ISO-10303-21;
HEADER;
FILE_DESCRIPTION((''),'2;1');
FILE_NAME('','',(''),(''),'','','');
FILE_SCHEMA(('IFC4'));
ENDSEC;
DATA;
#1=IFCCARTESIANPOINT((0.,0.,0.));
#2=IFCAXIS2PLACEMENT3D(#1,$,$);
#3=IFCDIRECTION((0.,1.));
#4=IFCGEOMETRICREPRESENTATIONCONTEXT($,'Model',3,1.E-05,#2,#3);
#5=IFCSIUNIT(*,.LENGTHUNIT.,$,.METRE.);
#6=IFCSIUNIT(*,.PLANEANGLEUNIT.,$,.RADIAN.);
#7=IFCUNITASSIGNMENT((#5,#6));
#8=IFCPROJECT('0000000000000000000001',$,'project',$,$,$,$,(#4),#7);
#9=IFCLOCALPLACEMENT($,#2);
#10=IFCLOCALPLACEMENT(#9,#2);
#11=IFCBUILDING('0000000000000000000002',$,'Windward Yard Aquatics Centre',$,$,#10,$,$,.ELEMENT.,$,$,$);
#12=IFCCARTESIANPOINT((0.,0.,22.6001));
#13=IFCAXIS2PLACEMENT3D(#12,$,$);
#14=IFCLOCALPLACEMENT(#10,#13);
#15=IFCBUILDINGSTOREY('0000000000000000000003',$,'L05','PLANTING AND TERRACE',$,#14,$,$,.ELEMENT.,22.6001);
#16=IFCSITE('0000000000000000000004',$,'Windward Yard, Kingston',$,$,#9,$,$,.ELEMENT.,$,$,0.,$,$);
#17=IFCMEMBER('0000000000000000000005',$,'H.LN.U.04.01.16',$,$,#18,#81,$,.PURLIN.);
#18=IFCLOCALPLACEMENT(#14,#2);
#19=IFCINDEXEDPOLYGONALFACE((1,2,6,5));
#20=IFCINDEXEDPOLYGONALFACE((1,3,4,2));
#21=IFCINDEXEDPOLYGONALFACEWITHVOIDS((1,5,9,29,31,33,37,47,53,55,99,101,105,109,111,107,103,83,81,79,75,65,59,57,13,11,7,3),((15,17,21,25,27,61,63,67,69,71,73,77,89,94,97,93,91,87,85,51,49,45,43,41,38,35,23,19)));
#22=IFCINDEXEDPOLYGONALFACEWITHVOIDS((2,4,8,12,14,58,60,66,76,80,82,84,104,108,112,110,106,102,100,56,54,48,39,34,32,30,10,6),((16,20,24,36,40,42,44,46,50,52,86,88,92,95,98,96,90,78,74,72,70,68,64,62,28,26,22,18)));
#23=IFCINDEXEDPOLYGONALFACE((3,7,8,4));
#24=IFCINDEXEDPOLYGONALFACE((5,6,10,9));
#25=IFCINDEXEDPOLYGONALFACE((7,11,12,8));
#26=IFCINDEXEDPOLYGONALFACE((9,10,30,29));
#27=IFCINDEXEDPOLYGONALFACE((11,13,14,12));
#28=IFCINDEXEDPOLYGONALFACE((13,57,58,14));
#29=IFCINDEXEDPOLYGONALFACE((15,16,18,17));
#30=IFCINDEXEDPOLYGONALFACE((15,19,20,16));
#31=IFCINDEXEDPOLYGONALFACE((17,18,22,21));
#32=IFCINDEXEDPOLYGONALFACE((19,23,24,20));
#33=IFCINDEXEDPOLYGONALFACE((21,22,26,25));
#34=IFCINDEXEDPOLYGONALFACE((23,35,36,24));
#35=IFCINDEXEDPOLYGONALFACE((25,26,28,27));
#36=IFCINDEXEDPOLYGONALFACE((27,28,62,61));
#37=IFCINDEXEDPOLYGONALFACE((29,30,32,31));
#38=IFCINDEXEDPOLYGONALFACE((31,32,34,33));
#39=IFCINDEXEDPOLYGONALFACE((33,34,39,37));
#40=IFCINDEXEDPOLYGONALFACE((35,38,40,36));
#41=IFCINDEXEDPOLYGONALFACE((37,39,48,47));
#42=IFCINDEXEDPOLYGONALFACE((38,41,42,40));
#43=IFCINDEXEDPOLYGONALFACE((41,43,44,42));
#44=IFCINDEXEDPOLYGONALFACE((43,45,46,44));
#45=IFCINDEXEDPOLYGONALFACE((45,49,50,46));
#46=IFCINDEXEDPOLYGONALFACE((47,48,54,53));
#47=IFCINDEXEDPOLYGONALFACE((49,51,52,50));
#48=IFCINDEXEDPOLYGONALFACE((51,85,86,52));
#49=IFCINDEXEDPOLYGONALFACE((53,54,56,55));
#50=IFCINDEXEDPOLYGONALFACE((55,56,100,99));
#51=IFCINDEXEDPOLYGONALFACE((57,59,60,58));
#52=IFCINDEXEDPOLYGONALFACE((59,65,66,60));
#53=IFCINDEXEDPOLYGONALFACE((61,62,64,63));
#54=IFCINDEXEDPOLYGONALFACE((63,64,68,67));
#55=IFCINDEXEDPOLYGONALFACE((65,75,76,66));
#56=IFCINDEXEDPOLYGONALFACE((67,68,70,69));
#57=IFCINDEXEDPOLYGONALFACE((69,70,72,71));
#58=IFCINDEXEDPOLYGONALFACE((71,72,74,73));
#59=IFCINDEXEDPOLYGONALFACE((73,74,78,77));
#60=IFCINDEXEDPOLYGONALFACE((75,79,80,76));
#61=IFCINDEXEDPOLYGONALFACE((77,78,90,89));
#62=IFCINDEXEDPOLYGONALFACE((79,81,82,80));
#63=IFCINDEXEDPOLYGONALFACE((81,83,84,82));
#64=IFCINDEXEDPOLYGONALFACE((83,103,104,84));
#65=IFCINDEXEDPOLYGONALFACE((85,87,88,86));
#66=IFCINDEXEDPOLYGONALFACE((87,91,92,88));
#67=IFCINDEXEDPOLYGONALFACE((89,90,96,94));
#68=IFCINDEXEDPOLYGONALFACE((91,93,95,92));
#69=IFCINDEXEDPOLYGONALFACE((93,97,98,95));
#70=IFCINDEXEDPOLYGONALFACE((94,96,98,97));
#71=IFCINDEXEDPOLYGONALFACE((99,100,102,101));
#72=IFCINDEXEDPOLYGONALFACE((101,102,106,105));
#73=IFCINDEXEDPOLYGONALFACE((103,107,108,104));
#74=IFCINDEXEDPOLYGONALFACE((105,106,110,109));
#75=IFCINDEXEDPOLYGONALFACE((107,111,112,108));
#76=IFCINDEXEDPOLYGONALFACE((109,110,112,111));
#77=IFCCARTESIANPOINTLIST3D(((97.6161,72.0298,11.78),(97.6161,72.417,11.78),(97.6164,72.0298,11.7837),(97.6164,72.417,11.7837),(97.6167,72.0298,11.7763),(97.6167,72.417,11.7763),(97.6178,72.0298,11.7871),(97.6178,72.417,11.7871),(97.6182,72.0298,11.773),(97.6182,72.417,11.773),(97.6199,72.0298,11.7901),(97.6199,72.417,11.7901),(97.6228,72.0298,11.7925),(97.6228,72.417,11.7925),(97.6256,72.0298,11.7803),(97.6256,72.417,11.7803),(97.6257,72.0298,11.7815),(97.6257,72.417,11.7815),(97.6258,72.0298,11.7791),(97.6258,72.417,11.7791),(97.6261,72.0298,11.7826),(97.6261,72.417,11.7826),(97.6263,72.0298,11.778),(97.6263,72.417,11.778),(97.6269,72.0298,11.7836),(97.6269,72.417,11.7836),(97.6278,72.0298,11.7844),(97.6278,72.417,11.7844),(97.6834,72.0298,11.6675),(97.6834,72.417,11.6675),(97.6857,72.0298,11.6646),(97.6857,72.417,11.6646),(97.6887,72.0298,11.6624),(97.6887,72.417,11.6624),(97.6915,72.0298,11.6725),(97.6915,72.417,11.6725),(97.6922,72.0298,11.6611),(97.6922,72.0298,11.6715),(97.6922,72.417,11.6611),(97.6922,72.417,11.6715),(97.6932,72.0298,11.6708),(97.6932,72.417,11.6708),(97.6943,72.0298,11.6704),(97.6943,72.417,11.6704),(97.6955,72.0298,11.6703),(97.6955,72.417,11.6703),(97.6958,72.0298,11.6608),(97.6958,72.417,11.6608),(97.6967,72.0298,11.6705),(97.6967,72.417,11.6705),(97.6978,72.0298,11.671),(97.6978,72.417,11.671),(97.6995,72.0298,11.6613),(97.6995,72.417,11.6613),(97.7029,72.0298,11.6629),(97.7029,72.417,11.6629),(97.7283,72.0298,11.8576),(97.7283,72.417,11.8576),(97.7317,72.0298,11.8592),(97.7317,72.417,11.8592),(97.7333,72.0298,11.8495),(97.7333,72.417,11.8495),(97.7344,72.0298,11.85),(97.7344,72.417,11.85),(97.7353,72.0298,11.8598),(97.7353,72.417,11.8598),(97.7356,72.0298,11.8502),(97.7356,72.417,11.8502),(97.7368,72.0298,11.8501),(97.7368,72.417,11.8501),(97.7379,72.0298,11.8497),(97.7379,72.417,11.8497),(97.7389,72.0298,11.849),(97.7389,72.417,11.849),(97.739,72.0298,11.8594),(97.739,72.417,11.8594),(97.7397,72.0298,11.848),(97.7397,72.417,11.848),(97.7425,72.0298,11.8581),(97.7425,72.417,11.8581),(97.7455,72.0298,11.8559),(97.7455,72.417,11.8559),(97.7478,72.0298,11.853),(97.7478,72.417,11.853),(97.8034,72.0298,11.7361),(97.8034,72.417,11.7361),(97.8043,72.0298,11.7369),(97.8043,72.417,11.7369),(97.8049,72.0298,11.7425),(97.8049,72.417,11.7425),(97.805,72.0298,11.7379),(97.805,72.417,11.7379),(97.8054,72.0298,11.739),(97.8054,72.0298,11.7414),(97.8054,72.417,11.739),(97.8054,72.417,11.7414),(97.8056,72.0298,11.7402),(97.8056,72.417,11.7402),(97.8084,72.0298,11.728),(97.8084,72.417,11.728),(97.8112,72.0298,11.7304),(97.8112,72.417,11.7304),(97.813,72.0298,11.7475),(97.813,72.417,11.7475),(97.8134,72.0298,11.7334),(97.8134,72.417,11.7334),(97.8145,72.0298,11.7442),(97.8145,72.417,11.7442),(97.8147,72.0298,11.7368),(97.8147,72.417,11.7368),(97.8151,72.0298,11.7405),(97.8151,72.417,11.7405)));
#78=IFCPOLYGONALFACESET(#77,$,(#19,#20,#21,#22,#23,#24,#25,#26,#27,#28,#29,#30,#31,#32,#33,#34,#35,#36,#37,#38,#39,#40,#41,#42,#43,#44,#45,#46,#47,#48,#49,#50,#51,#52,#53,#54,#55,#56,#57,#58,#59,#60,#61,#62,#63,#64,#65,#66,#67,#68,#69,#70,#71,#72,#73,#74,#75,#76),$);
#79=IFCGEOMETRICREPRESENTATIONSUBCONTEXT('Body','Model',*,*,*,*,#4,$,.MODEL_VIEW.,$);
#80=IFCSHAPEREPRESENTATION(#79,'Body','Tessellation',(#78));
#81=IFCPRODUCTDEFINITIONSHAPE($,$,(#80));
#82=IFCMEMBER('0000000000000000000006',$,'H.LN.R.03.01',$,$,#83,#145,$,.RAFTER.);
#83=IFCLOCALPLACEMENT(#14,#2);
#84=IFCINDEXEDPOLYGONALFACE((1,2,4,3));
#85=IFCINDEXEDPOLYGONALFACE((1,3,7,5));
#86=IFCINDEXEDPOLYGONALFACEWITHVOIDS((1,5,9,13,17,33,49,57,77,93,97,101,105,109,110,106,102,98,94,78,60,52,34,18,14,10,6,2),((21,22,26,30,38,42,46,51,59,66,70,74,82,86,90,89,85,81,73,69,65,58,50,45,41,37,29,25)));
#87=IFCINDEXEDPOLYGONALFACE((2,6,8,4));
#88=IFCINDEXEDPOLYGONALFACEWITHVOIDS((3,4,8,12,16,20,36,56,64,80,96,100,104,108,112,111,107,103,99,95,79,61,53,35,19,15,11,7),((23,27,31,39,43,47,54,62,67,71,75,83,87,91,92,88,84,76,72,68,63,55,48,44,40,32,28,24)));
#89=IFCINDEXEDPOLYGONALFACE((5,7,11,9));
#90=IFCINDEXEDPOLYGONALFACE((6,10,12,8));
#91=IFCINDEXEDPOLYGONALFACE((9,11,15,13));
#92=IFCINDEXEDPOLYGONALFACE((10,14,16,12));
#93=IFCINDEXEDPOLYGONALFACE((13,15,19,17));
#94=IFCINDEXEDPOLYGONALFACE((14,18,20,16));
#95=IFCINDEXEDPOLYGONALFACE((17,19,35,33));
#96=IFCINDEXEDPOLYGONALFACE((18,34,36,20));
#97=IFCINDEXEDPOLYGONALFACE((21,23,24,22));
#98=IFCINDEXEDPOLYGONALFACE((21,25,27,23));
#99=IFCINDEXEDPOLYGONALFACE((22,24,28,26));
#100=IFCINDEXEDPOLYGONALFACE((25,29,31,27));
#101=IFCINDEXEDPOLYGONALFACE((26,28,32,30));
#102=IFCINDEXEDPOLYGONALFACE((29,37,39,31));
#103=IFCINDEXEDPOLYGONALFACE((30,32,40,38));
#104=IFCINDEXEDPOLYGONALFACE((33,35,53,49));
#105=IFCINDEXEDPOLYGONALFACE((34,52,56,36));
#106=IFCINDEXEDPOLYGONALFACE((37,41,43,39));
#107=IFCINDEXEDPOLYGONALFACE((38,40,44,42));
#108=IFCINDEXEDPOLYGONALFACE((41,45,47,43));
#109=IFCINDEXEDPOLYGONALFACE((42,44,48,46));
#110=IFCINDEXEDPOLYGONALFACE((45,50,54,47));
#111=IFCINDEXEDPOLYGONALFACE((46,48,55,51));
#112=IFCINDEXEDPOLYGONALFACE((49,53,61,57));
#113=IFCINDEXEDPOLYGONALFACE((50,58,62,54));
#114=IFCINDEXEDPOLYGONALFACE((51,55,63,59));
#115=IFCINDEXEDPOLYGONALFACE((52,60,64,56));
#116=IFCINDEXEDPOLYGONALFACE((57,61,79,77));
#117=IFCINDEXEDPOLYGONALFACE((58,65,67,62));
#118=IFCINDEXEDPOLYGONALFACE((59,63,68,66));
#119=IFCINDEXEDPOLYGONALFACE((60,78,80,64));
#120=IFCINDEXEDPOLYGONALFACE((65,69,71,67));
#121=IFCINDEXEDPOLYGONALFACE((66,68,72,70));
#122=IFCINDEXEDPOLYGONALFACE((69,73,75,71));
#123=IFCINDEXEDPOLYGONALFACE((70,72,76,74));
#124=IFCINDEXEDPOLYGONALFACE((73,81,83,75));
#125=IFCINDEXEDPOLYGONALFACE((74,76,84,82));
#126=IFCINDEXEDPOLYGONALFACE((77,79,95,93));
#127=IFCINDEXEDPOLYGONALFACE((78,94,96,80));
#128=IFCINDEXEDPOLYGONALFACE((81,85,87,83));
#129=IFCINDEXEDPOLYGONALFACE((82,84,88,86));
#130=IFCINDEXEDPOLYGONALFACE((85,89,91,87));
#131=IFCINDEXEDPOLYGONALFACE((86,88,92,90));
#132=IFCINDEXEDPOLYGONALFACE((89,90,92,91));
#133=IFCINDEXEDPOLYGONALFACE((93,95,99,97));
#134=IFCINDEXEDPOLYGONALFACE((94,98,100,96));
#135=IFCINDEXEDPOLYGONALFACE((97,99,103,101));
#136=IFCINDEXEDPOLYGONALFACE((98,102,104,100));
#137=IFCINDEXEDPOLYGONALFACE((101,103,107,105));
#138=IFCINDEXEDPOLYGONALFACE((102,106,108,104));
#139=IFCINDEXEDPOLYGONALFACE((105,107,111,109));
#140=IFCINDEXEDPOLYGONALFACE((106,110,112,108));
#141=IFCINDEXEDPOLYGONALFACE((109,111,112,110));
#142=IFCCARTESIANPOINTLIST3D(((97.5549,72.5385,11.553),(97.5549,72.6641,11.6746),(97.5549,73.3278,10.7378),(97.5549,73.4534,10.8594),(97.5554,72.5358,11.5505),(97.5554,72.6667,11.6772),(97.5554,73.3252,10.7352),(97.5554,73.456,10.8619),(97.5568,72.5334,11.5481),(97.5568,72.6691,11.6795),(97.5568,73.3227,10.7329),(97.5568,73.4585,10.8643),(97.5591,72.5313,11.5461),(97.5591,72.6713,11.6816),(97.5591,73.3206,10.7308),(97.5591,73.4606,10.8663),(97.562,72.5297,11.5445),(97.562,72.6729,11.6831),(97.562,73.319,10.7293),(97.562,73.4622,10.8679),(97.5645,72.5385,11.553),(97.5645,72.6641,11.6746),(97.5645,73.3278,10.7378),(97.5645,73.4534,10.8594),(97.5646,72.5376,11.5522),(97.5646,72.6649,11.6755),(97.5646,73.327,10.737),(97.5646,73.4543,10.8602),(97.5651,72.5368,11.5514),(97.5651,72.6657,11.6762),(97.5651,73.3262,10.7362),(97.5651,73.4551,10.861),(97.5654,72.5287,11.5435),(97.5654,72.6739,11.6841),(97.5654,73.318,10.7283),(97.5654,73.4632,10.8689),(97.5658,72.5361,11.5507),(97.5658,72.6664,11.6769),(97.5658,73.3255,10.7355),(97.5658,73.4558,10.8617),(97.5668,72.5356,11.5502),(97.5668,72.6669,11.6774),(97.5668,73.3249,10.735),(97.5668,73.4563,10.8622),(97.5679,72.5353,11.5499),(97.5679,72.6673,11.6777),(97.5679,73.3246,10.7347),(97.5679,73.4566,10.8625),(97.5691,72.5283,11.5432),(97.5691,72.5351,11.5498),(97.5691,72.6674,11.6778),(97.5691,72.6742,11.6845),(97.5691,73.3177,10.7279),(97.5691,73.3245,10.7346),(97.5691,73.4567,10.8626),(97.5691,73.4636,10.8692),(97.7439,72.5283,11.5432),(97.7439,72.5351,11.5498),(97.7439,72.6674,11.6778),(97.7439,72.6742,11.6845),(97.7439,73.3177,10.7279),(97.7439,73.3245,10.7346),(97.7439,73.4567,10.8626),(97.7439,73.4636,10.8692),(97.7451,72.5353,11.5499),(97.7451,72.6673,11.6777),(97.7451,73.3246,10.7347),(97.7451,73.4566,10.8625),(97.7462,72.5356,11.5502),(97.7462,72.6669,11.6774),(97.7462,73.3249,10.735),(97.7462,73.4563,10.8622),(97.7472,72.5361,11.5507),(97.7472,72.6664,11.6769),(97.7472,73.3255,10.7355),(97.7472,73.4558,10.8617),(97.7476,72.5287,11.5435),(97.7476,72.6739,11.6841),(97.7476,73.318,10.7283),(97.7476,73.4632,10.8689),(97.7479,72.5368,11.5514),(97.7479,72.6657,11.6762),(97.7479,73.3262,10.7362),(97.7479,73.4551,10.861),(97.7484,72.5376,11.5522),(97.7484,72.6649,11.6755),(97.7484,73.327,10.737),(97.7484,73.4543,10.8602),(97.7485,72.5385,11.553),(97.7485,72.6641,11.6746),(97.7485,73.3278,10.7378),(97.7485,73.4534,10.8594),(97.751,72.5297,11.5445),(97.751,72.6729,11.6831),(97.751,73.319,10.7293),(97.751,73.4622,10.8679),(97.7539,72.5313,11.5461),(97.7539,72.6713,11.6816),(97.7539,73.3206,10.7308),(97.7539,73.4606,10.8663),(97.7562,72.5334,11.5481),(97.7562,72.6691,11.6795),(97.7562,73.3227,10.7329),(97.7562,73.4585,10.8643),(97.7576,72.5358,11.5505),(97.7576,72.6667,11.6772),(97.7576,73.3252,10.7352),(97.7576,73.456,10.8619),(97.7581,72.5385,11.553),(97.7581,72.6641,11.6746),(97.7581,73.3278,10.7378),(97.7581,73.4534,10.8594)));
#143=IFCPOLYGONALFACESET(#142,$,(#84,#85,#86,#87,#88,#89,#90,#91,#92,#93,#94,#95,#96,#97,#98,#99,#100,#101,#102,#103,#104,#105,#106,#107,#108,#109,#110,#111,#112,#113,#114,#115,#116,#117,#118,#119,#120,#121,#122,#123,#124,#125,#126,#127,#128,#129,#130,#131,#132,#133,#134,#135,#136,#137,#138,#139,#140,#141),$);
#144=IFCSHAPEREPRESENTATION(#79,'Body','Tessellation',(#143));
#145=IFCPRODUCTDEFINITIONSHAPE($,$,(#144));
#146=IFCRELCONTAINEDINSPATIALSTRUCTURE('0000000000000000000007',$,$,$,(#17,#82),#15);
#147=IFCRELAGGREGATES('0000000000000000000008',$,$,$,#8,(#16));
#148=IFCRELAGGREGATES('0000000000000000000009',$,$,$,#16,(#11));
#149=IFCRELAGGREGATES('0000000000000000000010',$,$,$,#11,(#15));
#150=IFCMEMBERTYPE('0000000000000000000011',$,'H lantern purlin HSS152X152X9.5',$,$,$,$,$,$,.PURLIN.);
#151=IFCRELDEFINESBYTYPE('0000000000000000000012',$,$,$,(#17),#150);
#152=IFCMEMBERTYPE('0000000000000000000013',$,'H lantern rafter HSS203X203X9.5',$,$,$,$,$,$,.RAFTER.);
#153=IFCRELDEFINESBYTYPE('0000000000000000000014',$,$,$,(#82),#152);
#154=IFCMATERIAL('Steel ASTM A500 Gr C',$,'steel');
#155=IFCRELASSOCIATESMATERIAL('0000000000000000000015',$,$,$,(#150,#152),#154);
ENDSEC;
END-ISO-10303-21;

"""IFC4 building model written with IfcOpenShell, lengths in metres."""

from ifc_helpers import new_model, si_unit, direction, frame, origin, origin_2d, place, context, subcontext, project, spatial, hollow_rectangle, extrude, material, material_profile, profile_set, type_object, element, save


model = new_model("IFC4")

# Units and contexts
model_context = context("Model", 3, precision=1e-05, world=origin(), true_north=direction((0.0, 1.0)))
body_context = subcontext(model_context, "Body", "Model", "MODEL_VIEW")
ifc_project = project(units=[si_unit("LENGTHUNIT", "METRE"), si_unit("PLANEANGLEUNIT", "RADIAN")], contexts=[model_context])

# Site, building, storey
site_placement = place(None, origin())
site = spatial("IfcSite", under=ifc_project, at=site_placement, Name="Windward Yard, Kingston", CompositionType="ELEMENT", RefElevation=0.0)
building_placement = place(site_placement, origin())
building = spatial("IfcBuilding", under=site, at=building_placement, Name="Windward Yard Aquatics Centre", CompositionType="ELEMENT")
storey_placement = place(building_placement, frame((0.0, 0.0, 22.6001)))
storey = spatial("IfcBuildingStorey", under=building, at=storey_placement, Name="L05", Description="PLANTING AND TERRACE", CompositionType="ELEMENT", Elevation=22.6001)

# Members
ifc_material_1 = material(Name="Steel ASTM A500 Gr C", Category="steel")
ifc_material_profile_1 = material_profile(ifc_material_1, hollow_rectangle(XDim=0.1523, YDim=0.1523, WallThickness=0.0095, InnerFilletRadius=0.0046, OuterFilletRadius=0.0142, at=origin_2d()), Name="HSS152X152X9.5")
ifc_profile_set_1 = profile_set([ifc_material_profile_1], Name="Steel ASTM A500 Gr C")
member_type_1 = type_object("IfcMemberType", Name="H lantern purlin HSS152X152X9.5", PredefinedType="PURLIN", material=ifc_profile_set_1)
member_1_placement = place(storey_placement, frame((97.7156, 72.0298, 11.7603), z_axis=(0.0, 1.0, 0.0), x_axis=(-0.850755, 0.0, -0.525562)))
element("IfcMember", 1, at=member_1_placement, inside=storey, type_object=member_type_1, Name="H.LN.U.04.01.16", PredefinedType="PURLIN", context=body_context, shape_type="SweptSolid", body=[
    extrude(hollow_rectangle(XDim=0.1523, YDim=0.1523, WallThickness=0.0095, InnerFilletRadius=0.0046, OuterFilletRadius=0.0142, at=origin_2d()), origin(), (0.0, 0.0, 1.0), 0.3872),
])
ifc_material_profile_2 = material_profile(ifc_material_1, hollow_rectangle(XDim=0.2031, YDim=0.2031, WallThickness=0.0095, InnerFilletRadius=0.0046, OuterFilletRadius=0.0142, at=origin_2d()), Name="HSS203X203X9.5")
ifc_profile_set_2 = profile_set([ifc_material_profile_2], Name="Steel ASTM A500 Gr C")
member_type_2 = type_object("IfcMemberType", Name="H lantern rafter HSS203X203X9.5", PredefinedType="RAFTER", material=ifc_profile_set_2)
member_2_placement = place(storey_placement, frame((97.6565, 73.3906, 10.7986), z_axis=(0.0, -0.695611, 0.718418), x_axis=(1.0, 0.0, 0.0)))
element("IfcMember", 2, at=member_2_placement, inside=storey, type_object=member_type_2, Name="H.LN.R.03.01", PredefinedType="RAFTER", context=body_context, shape_type="SweptSolid", body=[
    extrude(hollow_rectangle(XDim=0.2031, YDim=0.2031, WallThickness=0.0095, InnerFilletRadius=0.0046, OuterFilletRadius=0.0142, at=origin_2d()), origin(), (0.0, 0.0, 1.0), 1.1348),
])

save(model, "model.ifc")
